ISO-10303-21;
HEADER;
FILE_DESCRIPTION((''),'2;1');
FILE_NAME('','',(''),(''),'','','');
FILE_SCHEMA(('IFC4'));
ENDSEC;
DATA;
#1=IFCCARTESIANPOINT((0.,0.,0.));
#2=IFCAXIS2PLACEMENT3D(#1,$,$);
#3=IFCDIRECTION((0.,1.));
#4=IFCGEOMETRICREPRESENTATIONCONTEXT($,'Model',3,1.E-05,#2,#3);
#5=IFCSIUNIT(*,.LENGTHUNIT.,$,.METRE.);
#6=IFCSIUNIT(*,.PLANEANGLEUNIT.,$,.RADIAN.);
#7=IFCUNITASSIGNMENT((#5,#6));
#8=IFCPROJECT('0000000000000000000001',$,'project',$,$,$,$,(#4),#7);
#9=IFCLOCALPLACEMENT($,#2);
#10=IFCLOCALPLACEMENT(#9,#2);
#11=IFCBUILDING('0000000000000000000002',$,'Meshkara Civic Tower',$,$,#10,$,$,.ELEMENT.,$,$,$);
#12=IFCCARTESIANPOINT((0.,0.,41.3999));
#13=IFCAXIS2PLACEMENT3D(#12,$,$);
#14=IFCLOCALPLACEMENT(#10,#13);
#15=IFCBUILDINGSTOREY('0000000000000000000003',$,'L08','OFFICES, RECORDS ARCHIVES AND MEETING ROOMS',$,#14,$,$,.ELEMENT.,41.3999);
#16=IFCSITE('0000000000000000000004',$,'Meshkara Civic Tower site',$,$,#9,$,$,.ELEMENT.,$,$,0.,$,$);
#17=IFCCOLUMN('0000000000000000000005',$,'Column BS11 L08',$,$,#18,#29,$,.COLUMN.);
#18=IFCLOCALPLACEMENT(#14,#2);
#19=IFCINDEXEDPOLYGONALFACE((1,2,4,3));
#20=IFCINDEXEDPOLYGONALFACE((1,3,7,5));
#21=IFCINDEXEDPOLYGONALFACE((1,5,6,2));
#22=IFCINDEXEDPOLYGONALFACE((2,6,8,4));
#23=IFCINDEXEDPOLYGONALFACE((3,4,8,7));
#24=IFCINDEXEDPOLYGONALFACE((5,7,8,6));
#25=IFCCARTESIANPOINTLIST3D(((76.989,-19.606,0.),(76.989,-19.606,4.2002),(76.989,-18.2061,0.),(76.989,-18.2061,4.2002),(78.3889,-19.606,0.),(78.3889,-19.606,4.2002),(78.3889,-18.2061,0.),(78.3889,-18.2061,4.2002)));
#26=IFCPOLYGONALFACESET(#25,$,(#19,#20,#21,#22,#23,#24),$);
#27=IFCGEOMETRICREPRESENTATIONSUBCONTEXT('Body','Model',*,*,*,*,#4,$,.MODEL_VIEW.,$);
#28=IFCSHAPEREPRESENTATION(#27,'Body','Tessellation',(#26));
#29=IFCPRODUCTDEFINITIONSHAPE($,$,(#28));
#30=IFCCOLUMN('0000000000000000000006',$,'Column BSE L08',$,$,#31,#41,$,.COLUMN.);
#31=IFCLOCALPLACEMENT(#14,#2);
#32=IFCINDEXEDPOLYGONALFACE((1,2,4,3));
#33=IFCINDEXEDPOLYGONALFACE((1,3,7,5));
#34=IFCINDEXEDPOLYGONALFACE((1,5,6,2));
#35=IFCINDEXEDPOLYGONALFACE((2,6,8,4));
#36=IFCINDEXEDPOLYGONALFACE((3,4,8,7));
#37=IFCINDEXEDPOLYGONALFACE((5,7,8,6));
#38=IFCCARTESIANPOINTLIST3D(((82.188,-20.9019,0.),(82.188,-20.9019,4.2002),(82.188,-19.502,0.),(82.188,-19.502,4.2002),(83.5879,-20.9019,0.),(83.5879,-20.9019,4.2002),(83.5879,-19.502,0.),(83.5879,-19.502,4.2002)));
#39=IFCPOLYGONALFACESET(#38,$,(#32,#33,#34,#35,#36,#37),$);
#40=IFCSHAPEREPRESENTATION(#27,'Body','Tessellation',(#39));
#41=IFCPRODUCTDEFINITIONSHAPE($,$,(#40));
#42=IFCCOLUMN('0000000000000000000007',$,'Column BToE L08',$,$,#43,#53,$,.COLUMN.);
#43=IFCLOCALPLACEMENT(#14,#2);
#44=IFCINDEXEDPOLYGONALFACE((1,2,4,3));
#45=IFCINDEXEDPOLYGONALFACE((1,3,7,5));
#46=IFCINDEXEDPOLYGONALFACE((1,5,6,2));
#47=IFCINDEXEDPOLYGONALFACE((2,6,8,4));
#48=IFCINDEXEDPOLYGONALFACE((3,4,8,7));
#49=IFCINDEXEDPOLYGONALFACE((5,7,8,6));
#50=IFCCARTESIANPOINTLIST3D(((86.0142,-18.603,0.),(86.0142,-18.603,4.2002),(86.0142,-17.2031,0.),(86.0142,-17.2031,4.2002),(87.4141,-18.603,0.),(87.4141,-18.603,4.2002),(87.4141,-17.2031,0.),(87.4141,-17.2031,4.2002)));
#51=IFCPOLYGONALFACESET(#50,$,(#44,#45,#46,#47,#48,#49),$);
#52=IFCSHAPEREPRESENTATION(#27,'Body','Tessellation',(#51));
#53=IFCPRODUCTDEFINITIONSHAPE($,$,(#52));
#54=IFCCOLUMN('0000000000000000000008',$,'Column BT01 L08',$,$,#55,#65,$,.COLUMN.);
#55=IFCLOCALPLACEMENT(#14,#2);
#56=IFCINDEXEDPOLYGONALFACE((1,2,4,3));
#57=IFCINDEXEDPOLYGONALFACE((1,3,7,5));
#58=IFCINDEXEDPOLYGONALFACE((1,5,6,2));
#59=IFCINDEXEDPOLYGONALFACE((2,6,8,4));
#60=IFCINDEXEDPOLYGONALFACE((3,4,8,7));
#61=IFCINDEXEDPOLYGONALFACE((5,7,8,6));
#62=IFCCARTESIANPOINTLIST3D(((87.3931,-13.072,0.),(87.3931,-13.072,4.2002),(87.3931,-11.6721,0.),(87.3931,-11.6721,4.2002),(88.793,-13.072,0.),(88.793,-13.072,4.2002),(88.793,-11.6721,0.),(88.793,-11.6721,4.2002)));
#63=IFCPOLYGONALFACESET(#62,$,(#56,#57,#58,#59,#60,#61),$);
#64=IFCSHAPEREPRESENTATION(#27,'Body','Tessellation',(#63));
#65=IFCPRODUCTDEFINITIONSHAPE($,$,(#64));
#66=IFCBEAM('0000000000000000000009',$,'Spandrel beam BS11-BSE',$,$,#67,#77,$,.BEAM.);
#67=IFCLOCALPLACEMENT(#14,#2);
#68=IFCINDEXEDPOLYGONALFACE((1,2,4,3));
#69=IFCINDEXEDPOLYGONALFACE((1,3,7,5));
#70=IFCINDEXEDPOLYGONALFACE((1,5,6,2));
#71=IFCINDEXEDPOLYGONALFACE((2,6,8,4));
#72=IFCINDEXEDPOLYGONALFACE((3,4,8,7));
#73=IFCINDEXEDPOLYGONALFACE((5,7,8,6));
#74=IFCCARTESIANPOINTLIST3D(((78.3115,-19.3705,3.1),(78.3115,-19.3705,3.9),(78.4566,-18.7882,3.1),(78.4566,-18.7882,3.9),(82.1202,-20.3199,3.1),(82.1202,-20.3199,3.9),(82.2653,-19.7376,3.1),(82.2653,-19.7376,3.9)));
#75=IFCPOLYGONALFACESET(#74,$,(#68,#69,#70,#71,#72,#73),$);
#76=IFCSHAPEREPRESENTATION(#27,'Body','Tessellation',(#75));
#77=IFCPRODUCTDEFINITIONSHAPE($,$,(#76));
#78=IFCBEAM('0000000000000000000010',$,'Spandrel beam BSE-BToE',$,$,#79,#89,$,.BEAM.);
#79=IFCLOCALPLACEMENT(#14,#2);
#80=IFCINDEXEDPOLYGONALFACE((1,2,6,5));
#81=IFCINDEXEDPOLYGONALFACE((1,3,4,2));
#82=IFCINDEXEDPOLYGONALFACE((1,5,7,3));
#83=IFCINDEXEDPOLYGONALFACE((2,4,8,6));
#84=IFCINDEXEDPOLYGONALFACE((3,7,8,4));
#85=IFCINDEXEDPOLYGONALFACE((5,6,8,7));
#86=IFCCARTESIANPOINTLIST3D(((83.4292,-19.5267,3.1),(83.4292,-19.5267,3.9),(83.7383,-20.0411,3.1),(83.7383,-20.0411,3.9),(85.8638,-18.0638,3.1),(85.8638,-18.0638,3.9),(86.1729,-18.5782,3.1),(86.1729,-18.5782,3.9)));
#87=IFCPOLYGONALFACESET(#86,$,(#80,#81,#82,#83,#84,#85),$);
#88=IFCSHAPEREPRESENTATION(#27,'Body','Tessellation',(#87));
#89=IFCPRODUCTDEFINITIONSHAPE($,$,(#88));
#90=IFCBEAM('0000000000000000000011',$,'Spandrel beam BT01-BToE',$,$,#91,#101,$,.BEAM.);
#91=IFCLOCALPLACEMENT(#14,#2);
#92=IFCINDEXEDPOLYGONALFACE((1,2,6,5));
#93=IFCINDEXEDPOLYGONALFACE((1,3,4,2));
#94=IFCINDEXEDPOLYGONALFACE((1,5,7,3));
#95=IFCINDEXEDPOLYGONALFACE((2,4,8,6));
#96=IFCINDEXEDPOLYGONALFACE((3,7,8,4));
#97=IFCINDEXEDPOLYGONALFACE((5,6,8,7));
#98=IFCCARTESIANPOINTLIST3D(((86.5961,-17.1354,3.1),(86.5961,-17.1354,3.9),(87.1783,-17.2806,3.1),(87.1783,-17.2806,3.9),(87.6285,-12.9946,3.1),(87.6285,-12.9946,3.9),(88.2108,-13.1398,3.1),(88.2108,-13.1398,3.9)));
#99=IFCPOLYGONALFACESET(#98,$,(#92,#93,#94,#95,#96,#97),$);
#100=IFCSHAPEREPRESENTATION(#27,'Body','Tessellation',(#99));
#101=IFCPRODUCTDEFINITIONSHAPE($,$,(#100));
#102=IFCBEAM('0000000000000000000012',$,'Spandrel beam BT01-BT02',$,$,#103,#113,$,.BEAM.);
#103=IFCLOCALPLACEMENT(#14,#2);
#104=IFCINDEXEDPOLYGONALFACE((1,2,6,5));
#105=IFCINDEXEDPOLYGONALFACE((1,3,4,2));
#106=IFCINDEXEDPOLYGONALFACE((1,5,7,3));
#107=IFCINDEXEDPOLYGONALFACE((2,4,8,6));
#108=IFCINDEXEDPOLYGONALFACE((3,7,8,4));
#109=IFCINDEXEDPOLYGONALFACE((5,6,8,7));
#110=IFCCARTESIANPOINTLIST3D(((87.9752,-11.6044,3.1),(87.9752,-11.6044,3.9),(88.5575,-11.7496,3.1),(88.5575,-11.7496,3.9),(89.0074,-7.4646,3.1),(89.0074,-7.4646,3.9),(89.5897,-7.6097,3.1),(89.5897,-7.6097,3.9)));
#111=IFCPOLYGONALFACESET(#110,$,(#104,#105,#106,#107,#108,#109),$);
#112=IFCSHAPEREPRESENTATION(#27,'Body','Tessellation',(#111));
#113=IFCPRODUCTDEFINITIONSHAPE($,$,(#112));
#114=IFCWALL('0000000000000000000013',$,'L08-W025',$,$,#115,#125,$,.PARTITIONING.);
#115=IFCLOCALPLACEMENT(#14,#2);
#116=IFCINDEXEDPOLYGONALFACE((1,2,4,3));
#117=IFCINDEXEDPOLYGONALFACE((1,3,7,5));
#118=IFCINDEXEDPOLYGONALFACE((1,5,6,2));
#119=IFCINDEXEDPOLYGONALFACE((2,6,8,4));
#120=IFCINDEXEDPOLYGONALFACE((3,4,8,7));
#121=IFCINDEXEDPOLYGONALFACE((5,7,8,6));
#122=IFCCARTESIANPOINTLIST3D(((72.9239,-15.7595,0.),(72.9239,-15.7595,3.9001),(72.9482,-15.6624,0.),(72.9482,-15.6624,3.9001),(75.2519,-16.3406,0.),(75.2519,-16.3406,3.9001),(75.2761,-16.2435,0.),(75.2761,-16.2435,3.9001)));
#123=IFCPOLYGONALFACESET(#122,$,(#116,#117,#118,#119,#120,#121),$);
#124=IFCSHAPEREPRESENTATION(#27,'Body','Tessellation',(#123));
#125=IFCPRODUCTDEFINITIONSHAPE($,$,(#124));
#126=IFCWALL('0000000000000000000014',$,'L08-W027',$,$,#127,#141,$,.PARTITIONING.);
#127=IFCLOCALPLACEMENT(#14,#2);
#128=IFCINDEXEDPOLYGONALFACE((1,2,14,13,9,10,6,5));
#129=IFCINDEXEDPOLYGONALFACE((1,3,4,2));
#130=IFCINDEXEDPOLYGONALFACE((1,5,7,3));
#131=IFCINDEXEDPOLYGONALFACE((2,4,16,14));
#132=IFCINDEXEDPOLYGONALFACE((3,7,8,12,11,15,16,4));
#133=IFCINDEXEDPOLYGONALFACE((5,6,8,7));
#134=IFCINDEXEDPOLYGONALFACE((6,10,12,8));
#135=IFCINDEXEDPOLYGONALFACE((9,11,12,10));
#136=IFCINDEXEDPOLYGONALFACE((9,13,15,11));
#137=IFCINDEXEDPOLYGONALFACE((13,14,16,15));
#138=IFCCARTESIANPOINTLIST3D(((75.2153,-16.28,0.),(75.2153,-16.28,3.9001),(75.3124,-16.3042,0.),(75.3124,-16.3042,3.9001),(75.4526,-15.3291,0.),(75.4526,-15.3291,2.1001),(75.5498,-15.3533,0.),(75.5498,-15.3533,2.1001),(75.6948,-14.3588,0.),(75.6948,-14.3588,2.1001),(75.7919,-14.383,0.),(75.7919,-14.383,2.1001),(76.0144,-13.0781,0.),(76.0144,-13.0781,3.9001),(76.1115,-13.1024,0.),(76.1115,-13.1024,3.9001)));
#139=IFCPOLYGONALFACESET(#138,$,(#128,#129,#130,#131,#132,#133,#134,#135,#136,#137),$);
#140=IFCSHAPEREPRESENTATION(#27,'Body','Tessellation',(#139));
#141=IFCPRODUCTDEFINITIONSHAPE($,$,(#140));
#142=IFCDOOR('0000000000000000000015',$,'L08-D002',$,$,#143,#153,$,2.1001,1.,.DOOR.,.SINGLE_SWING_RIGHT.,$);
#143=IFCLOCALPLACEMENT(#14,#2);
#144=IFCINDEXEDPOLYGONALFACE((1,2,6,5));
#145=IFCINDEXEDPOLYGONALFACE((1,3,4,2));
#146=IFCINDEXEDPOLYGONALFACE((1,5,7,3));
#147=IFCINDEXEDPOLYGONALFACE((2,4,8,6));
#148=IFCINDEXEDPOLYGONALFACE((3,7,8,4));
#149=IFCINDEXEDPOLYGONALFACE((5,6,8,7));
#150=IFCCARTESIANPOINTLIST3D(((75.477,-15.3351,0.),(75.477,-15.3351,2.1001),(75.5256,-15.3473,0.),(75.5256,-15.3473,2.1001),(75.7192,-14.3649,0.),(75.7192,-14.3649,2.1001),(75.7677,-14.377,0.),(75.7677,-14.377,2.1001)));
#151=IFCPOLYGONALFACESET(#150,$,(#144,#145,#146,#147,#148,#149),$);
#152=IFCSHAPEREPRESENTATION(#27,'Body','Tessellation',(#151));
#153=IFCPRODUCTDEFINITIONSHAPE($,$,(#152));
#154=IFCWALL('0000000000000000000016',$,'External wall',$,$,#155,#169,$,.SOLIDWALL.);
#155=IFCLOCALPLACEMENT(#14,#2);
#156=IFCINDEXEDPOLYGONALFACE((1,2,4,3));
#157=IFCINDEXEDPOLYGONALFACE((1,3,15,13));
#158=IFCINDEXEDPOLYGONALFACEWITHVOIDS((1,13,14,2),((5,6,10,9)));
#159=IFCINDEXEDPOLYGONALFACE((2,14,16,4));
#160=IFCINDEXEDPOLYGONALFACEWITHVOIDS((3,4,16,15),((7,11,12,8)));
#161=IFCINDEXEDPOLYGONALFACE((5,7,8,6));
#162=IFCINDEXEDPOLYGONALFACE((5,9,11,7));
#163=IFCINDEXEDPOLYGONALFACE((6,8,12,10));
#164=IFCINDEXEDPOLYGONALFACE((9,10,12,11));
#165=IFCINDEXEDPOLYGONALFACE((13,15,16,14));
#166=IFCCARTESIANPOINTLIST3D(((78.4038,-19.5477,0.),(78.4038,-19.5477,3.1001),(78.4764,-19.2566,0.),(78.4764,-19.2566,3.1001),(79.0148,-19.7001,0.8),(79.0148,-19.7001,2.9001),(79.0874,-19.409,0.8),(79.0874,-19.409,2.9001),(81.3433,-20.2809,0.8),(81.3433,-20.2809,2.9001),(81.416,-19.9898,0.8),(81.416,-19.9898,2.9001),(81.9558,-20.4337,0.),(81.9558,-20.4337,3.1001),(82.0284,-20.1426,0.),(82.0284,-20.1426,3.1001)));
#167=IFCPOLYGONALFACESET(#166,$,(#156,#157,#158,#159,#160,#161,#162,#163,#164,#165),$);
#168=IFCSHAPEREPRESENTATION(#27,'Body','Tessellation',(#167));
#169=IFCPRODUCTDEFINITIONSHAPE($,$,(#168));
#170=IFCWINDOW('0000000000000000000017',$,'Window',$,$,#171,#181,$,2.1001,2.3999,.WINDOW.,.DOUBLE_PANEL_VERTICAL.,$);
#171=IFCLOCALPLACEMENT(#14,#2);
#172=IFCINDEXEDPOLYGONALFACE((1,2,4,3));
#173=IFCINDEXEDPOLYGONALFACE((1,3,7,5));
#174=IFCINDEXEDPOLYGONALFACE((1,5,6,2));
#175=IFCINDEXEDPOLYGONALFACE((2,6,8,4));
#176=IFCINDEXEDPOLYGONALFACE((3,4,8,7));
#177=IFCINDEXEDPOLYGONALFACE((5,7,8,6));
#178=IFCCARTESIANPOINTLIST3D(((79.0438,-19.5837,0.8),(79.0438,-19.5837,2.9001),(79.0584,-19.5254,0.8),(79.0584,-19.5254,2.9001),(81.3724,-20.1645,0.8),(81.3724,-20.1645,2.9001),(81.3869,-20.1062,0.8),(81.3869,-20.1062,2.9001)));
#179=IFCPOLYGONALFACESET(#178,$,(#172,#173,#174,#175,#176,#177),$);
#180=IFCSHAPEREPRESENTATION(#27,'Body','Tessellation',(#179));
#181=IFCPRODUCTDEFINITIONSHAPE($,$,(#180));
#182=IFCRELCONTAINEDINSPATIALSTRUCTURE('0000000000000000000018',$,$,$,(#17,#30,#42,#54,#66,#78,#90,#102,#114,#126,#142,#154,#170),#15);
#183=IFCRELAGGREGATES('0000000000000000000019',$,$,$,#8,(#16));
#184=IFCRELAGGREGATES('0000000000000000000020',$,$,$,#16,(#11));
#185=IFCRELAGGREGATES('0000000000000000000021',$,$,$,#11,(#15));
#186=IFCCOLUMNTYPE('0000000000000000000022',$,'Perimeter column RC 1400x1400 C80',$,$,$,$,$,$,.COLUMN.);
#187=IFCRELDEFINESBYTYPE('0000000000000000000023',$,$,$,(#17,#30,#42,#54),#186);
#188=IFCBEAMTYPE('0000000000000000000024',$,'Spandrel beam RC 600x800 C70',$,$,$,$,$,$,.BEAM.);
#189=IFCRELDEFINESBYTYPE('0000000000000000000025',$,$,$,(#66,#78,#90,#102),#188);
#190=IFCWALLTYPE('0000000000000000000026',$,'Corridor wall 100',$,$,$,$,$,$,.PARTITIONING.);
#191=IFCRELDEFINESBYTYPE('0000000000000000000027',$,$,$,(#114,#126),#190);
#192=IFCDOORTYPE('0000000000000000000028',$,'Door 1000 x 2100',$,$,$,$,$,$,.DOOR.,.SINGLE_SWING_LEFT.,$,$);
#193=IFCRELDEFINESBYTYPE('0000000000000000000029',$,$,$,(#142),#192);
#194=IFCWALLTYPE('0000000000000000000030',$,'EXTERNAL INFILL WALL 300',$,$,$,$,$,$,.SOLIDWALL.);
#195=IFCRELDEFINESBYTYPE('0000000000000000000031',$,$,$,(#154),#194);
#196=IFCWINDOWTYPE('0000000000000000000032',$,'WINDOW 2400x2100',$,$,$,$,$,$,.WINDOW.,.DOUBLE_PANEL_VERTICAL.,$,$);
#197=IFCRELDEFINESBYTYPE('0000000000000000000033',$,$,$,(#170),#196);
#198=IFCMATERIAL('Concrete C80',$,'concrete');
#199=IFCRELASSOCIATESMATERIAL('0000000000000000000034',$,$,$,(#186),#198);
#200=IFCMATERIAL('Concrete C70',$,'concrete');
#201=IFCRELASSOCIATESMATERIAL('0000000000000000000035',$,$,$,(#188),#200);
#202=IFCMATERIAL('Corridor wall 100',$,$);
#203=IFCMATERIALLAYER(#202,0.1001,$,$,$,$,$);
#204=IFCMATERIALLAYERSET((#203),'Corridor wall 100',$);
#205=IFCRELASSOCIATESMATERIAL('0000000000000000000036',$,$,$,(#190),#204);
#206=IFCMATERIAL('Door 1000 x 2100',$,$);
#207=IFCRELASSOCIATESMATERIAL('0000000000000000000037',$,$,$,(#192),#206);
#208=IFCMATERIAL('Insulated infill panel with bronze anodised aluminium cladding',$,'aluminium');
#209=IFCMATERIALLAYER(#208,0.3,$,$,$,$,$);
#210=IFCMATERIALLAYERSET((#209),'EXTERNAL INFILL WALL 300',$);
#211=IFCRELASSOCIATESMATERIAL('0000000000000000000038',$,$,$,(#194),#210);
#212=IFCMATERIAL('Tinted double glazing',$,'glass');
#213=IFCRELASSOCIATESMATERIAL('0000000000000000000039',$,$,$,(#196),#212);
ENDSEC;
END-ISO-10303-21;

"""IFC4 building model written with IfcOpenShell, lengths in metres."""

from ifc_helpers import new_model, si_unit, direction, frame, frame_2d, origin, origin_2d, place, context, subcontext, project, spatial, rectangle, extrude, material, layer, layer_set, material_profile, profile_set, type_object, element, fill, save


model = new_model("IFC4")

# Units and contexts
model_context = context("Model", 3, precision=1e-05, world=origin(), true_north=direction((0.0, 1.0)))
body_context = subcontext(model_context, "Body", "Model", "MODEL_VIEW")
ifc_project = project(units=[si_unit("LENGTHUNIT", "METRE"), si_unit("PLANEANGLEUNIT", "RADIAN")], contexts=[model_context])

# Site, building, storey
site_placement = place(None, origin())
site = spatial("IfcSite", under=ifc_project, at=site_placement, Name="Meshkara Civic Tower site", CompositionType="ELEMENT", RefElevation=0.0)
building_placement = place(site_placement, origin())
building = spatial("IfcBuilding", under=site, at=building_placement, Name="Meshkara Civic Tower", CompositionType="ELEMENT")
storey_placement = place(building_placement, frame((0.0, 0.0, 41.3999)))
storey = spatial("IfcBuildingStorey", under=building, at=storey_placement, Name="L08", Description="OFFICES, RECORDS ARCHIVES AND MEETING ROOMS", CompositionType="ELEMENT", Elevation=41.3999)

# Columns
ifc_material_1 = material(Name="Concrete C80", Category="concrete")
ifc_material_profile_1 = material_profile(ifc_material_1, rectangle(XDim=1.3999, YDim=1.3999, at=origin_2d()))
ifc_profile_set_1 = profile_set([ifc_material_profile_1], Name="Concrete C80")
column_type = type_object("IfcColumnType", Name="Perimeter column RC 1400x1400 C80", PredefinedType="COLUMN", material=ifc_profile_set_1)
for number, where, z_axis, x_axis, name in (
    (1, (77.689, -18.906, 0.0), (0.0, 0.0, 1.0), (1.0, 0.0, 0.0), "Column BS11 L08"),
    (2, (82.8879, -20.2019, 0.0), (0.0, 0.0, 1.0), (1.0, 0.0, 0.0), "Column BSE L08"),
    (3, (86.7141, -17.9031, 0.0), (0.0, 0.0, 1.0), (1.0, 0.0, 0.0), "Column BToE L08"),
    (4, (88.093, -12.3721, 0.0), (0.0, 0.0, 1.0), (1.0, 0.0, 0.0), "Column BT01 L08"),
):
    element("IfcColumn", number, at=place(storey_placement, frame(where, z_axis=z_axis, x_axis=x_axis)), inside=storey, type_object=column_type, Name=name, PredefinedType="COLUMN", context=body_context, shape_type="SweptSolid", body=[
        extrude(rectangle(XDim=1.3999, YDim=1.3999, at=origin_2d()), origin(), (0.0, 0.0, 1.0), 4.2002),
    ])

# Beams
ifc_material_2 = material(Name="Concrete C70", Category="concrete")
ifc_material_profile_2 = material_profile(ifc_material_2, rectangle(XDim=0.6001, YDim=0.8, at=origin_2d()))
ifc_profile_set_2 = profile_set([ifc_material_profile_2], Name="Concrete C70")
beam_type = type_object("IfcBeamType", Name="Spandrel beam RC 600x800 C70", PredefinedType="BEAM", material=ifc_profile_set_2)
beam_1_placement = place(storey_placement, frame((78.384, -19.0793, 3.5), z_axis=(0.970307, -0.241877, 0.0), x_axis=(0.241877, 0.970307, 0.0)))
element("IfcBeam", 5, at=beam_1_placement, inside=storey, type_object=beam_type, Name="Spandrel beam BS11-BSE", PredefinedType="BEAM", context=body_context, shape_type="SweptSolid", body=[
    extrude(rectangle(XDim=0.6001, YDim=0.8, at=origin_2d()), origin(), (0.0, 0.0, 1.0), 3.9253),
])
beam_2_placement = place(storey_placement, frame((83.5837, -19.7839, 3.5), z_axis=(0.857159, 0.515052, 0.0), x_axis=(-0.515052, 0.857159, 0.0)))
element("IfcBeam", 6, at=beam_2_placement, inside=storey, type_object=beam_type, Name="Spandrel beam BSE-BToE", PredefinedType="BEAM", context=body_context, shape_type="SweptSolid", body=[
    extrude(rectangle(XDim=0.6001, YDim=0.8, at=origin_2d()), origin(), (0.0, 0.0, 1.0), 2.8403),
])
beam_3_placement = place(storey_placement, frame((86.8872, -17.208, 3.5), z_axis=(0.24193, 0.970294, 0.0), x_axis=(-0.970294, 0.24193, 0.0)))
element("IfcBeam", 7, at=beam_3_placement, inside=storey, type_object=beam_type, Name="Spandrel beam BT01-BToE", PredefinedType="BEAM", context=body_context, shape_type="SweptSolid", body=[
    extrude(rectangle(XDim=0.6001, YDim=0.8, at=origin_2d()), origin(), (0.0, 0.0, 1.0), 4.2676),
])
beam_4_placement = place(storey_placement, frame((88.2664, -11.677, 3.5), z_axis=(0.24193, 0.970294, 0.0), x_axis=(-0.970294, 0.24193, 0.0)))
element("IfcBeam", 8, at=beam_4_placement, inside=storey, type_object=beam_type, Name="Spandrel beam BT01-BT02", PredefinedType="BEAM", context=body_context, shape_type="SweptSolid", body=[
    extrude(rectangle(XDim=0.6001, YDim=0.8, at=origin_2d()), origin(), (0.0, 0.0, 1.0), 4.2666),
])

# Wall
ifc_material_3 = material(Name="Corridor wall 100")
ifc_layer_1 = layer(ifc_material_3, 0.1001)
ifc_layer_set_1 = layer_set([ifc_layer_1], Name="Corridor wall 100")
wall_type_1 = type_object("IfcWallType", Name="Corridor wall 100", PredefinedType="PARTITIONING", material=ifc_layer_set_1)
wall_1_placement = place(storey_placement, frame((72.936, -15.7109, 0.0), z_axis=(0.0, 0.0, 1.0), x_axis=(0.970232, -0.242176, 0.0)))
element("IfcWall", 9, at=wall_1_placement, inside=storey, type_object=wall_type_1, Name="L08-W025", PredefinedType="PARTITIONING", context=body_context, shape_type="SweptSolid", body=[
    extrude(rectangle(XDim=2.3994, YDim=0.1001, at=frame_2d((1.1997, 0.0))), origin(), (0.0, 0.0, 1.0), 3.9001),
])

# Wall, opening, door
wall_2_placement = place(storey_placement, frame((75.2639, -16.292, 0.0), z_axis=(0.0, 0.0, 1.0), x_axis=(0.242135, 0.970243, 0.0)))
wall_2 = element("IfcWall", 10, at=wall_2_placement, inside=storey, type_object=wall_type_1, Name="L08-W027", PredefinedType="PARTITIONING", context=body_context, shape_type="SweptSolid", body=[
    extrude(rectangle(XDim=3.3, YDim=0.1001, at=frame_2d((1.6499, 0.0))), origin(), (0.0, 0.0, 1.0), 3.9001),
])
opening_1_placement = place(wall_2_placement, frame((0.98, 0.0, 0.0)))
opening_1 = element("IfcOpeningElement", 11, at=opening_1_placement, cuts=wall_2, PredefinedType="OPENING", context=body_context, shape_type="SweptSolid", body=[
    extrude(rectangle(XDim=1.0, YDim=2.1001, at=frame_2d((0.5, 1.05))), frame((0.0, 0.0601, 0.0), z_axis=(0.0, -1.0, 0.0), x_axis=(1.0, 0.0, 0.0)), (0.0, 0.0, 1.0), 0.1201),
])
ifc_material_4 = material(Name="Door 1000 x 2100")
door_type_1 = type_object("IfcDoorType", Name="Door 1000 x 2100", OperationType="SINGLE_SWING_LEFT", PredefinedType="DOOR", material=ifc_material_4)
door_1_placement = place(opening_1_placement, origin())
door_1 = element("IfcDoor", 12, at=door_1_placement, inside=storey, type_object=door_type_1, Name="L08-D002", OperationType="SINGLE_SWING_RIGHT", OverallHeight=2.1001, OverallWidth=1.0, PredefinedType="DOOR", context=body_context, shape_type="SweptSolid", body=[
    extrude(rectangle(XDim=1.0, YDim=2.1001, at=frame_2d((0.5, 1.05))), frame((0.0, 0.0249, 0.0), z_axis=(0.0, -1.0, 0.0), x_axis=(1.0, 0.0, 0.0)), (0.0, 0.0, 1.0), 0.05),
])
fill(opening_1, door_1)

# Wall, opening, window
ifc_material_5 = material(Name="Insulated infill panel with bronze anodised aluminium cladding", Category="aluminium")
ifc_layer_2 = layer(ifc_material_5, 0.3)
ifc_layer_set_2 = layer_set([ifc_layer_2], Name="EXTERNAL INFILL WALL 300")
wall_type_2 = type_object("IfcWallType", Name="EXTERNAL INFILL WALL 300", PredefinedType="SOLIDWALL", material=ifc_layer_set_2)
wall_3_placement = place(storey_placement, frame((78.4399, -19.4021, 0.0), z_axis=(0.0, 0.0, 1.0), x_axis=(0.970272, -0.242018, 0.0)))
wall_3 = element("IfcWall", 13, at=wall_3_placement, inside=storey, type_object=wall_type_2, Name="External wall", PredefinedType="SOLIDWALL", context=body_context, shape_type="SweptSolid", body=[
    extrude(rectangle(XDim=3.6609, YDim=0.3, at=frame_2d((1.8306, 0.0))), origin(), (0.0, 0.0, 1.0), 3.1001),
])
opening_2_placement = place(wall_3_placement, frame((0.6299, 0.0, 0.8)))
opening_2 = element("IfcOpeningElement", 14, at=opening_2_placement, cuts=wall_3, PredefinedType="OPENING", context=body_context, shape_type="SweptSolid", body=[
    extrude(rectangle(XDim=2.3999, YDim=2.1001, at=frame_2d((1.2, 1.05))), frame((0.0, 0.1599, 0.0), z_axis=(0.0, -1.0, 0.0), x_axis=(1.0, 0.0, 0.0)), (0.0, 0.0, 1.0), 0.3201),
])
ifc_material_6 = material(Name="Tinted double glazing", Category="glass")
window_type_1 = type_object("IfcWindowType", Name="WINDOW 2400x2100", PartitioningType="DOUBLE_PANEL_VERTICAL", PredefinedType="WINDOW", material=ifc_material_6)
window_1_placement = place(opening_2_placement, origin())
window_1 = element("IfcWindow", 15, at=window_1_placement, inside=storey, type_object=window_type_1, Name="Window", OverallHeight=2.1001, OverallWidth=2.3999, PartitioningType="DOUBLE_PANEL_VERTICAL", PredefinedType="WINDOW", context=body_context, shape_type="SweptSolid", body=[
    extrude(rectangle(XDim=2.3999, YDim=2.1001, at=frame_2d((1.2, 1.05))), frame((0.0, 0.03, 0.0), z_axis=(0.0, -1.0, 0.0), x_axis=(1.0, 0.0, 0.0)), (0.0, 0.0, 1.0), 0.0601),
])
fill(opening_2, window_1)

save(model, "model.ifc")
